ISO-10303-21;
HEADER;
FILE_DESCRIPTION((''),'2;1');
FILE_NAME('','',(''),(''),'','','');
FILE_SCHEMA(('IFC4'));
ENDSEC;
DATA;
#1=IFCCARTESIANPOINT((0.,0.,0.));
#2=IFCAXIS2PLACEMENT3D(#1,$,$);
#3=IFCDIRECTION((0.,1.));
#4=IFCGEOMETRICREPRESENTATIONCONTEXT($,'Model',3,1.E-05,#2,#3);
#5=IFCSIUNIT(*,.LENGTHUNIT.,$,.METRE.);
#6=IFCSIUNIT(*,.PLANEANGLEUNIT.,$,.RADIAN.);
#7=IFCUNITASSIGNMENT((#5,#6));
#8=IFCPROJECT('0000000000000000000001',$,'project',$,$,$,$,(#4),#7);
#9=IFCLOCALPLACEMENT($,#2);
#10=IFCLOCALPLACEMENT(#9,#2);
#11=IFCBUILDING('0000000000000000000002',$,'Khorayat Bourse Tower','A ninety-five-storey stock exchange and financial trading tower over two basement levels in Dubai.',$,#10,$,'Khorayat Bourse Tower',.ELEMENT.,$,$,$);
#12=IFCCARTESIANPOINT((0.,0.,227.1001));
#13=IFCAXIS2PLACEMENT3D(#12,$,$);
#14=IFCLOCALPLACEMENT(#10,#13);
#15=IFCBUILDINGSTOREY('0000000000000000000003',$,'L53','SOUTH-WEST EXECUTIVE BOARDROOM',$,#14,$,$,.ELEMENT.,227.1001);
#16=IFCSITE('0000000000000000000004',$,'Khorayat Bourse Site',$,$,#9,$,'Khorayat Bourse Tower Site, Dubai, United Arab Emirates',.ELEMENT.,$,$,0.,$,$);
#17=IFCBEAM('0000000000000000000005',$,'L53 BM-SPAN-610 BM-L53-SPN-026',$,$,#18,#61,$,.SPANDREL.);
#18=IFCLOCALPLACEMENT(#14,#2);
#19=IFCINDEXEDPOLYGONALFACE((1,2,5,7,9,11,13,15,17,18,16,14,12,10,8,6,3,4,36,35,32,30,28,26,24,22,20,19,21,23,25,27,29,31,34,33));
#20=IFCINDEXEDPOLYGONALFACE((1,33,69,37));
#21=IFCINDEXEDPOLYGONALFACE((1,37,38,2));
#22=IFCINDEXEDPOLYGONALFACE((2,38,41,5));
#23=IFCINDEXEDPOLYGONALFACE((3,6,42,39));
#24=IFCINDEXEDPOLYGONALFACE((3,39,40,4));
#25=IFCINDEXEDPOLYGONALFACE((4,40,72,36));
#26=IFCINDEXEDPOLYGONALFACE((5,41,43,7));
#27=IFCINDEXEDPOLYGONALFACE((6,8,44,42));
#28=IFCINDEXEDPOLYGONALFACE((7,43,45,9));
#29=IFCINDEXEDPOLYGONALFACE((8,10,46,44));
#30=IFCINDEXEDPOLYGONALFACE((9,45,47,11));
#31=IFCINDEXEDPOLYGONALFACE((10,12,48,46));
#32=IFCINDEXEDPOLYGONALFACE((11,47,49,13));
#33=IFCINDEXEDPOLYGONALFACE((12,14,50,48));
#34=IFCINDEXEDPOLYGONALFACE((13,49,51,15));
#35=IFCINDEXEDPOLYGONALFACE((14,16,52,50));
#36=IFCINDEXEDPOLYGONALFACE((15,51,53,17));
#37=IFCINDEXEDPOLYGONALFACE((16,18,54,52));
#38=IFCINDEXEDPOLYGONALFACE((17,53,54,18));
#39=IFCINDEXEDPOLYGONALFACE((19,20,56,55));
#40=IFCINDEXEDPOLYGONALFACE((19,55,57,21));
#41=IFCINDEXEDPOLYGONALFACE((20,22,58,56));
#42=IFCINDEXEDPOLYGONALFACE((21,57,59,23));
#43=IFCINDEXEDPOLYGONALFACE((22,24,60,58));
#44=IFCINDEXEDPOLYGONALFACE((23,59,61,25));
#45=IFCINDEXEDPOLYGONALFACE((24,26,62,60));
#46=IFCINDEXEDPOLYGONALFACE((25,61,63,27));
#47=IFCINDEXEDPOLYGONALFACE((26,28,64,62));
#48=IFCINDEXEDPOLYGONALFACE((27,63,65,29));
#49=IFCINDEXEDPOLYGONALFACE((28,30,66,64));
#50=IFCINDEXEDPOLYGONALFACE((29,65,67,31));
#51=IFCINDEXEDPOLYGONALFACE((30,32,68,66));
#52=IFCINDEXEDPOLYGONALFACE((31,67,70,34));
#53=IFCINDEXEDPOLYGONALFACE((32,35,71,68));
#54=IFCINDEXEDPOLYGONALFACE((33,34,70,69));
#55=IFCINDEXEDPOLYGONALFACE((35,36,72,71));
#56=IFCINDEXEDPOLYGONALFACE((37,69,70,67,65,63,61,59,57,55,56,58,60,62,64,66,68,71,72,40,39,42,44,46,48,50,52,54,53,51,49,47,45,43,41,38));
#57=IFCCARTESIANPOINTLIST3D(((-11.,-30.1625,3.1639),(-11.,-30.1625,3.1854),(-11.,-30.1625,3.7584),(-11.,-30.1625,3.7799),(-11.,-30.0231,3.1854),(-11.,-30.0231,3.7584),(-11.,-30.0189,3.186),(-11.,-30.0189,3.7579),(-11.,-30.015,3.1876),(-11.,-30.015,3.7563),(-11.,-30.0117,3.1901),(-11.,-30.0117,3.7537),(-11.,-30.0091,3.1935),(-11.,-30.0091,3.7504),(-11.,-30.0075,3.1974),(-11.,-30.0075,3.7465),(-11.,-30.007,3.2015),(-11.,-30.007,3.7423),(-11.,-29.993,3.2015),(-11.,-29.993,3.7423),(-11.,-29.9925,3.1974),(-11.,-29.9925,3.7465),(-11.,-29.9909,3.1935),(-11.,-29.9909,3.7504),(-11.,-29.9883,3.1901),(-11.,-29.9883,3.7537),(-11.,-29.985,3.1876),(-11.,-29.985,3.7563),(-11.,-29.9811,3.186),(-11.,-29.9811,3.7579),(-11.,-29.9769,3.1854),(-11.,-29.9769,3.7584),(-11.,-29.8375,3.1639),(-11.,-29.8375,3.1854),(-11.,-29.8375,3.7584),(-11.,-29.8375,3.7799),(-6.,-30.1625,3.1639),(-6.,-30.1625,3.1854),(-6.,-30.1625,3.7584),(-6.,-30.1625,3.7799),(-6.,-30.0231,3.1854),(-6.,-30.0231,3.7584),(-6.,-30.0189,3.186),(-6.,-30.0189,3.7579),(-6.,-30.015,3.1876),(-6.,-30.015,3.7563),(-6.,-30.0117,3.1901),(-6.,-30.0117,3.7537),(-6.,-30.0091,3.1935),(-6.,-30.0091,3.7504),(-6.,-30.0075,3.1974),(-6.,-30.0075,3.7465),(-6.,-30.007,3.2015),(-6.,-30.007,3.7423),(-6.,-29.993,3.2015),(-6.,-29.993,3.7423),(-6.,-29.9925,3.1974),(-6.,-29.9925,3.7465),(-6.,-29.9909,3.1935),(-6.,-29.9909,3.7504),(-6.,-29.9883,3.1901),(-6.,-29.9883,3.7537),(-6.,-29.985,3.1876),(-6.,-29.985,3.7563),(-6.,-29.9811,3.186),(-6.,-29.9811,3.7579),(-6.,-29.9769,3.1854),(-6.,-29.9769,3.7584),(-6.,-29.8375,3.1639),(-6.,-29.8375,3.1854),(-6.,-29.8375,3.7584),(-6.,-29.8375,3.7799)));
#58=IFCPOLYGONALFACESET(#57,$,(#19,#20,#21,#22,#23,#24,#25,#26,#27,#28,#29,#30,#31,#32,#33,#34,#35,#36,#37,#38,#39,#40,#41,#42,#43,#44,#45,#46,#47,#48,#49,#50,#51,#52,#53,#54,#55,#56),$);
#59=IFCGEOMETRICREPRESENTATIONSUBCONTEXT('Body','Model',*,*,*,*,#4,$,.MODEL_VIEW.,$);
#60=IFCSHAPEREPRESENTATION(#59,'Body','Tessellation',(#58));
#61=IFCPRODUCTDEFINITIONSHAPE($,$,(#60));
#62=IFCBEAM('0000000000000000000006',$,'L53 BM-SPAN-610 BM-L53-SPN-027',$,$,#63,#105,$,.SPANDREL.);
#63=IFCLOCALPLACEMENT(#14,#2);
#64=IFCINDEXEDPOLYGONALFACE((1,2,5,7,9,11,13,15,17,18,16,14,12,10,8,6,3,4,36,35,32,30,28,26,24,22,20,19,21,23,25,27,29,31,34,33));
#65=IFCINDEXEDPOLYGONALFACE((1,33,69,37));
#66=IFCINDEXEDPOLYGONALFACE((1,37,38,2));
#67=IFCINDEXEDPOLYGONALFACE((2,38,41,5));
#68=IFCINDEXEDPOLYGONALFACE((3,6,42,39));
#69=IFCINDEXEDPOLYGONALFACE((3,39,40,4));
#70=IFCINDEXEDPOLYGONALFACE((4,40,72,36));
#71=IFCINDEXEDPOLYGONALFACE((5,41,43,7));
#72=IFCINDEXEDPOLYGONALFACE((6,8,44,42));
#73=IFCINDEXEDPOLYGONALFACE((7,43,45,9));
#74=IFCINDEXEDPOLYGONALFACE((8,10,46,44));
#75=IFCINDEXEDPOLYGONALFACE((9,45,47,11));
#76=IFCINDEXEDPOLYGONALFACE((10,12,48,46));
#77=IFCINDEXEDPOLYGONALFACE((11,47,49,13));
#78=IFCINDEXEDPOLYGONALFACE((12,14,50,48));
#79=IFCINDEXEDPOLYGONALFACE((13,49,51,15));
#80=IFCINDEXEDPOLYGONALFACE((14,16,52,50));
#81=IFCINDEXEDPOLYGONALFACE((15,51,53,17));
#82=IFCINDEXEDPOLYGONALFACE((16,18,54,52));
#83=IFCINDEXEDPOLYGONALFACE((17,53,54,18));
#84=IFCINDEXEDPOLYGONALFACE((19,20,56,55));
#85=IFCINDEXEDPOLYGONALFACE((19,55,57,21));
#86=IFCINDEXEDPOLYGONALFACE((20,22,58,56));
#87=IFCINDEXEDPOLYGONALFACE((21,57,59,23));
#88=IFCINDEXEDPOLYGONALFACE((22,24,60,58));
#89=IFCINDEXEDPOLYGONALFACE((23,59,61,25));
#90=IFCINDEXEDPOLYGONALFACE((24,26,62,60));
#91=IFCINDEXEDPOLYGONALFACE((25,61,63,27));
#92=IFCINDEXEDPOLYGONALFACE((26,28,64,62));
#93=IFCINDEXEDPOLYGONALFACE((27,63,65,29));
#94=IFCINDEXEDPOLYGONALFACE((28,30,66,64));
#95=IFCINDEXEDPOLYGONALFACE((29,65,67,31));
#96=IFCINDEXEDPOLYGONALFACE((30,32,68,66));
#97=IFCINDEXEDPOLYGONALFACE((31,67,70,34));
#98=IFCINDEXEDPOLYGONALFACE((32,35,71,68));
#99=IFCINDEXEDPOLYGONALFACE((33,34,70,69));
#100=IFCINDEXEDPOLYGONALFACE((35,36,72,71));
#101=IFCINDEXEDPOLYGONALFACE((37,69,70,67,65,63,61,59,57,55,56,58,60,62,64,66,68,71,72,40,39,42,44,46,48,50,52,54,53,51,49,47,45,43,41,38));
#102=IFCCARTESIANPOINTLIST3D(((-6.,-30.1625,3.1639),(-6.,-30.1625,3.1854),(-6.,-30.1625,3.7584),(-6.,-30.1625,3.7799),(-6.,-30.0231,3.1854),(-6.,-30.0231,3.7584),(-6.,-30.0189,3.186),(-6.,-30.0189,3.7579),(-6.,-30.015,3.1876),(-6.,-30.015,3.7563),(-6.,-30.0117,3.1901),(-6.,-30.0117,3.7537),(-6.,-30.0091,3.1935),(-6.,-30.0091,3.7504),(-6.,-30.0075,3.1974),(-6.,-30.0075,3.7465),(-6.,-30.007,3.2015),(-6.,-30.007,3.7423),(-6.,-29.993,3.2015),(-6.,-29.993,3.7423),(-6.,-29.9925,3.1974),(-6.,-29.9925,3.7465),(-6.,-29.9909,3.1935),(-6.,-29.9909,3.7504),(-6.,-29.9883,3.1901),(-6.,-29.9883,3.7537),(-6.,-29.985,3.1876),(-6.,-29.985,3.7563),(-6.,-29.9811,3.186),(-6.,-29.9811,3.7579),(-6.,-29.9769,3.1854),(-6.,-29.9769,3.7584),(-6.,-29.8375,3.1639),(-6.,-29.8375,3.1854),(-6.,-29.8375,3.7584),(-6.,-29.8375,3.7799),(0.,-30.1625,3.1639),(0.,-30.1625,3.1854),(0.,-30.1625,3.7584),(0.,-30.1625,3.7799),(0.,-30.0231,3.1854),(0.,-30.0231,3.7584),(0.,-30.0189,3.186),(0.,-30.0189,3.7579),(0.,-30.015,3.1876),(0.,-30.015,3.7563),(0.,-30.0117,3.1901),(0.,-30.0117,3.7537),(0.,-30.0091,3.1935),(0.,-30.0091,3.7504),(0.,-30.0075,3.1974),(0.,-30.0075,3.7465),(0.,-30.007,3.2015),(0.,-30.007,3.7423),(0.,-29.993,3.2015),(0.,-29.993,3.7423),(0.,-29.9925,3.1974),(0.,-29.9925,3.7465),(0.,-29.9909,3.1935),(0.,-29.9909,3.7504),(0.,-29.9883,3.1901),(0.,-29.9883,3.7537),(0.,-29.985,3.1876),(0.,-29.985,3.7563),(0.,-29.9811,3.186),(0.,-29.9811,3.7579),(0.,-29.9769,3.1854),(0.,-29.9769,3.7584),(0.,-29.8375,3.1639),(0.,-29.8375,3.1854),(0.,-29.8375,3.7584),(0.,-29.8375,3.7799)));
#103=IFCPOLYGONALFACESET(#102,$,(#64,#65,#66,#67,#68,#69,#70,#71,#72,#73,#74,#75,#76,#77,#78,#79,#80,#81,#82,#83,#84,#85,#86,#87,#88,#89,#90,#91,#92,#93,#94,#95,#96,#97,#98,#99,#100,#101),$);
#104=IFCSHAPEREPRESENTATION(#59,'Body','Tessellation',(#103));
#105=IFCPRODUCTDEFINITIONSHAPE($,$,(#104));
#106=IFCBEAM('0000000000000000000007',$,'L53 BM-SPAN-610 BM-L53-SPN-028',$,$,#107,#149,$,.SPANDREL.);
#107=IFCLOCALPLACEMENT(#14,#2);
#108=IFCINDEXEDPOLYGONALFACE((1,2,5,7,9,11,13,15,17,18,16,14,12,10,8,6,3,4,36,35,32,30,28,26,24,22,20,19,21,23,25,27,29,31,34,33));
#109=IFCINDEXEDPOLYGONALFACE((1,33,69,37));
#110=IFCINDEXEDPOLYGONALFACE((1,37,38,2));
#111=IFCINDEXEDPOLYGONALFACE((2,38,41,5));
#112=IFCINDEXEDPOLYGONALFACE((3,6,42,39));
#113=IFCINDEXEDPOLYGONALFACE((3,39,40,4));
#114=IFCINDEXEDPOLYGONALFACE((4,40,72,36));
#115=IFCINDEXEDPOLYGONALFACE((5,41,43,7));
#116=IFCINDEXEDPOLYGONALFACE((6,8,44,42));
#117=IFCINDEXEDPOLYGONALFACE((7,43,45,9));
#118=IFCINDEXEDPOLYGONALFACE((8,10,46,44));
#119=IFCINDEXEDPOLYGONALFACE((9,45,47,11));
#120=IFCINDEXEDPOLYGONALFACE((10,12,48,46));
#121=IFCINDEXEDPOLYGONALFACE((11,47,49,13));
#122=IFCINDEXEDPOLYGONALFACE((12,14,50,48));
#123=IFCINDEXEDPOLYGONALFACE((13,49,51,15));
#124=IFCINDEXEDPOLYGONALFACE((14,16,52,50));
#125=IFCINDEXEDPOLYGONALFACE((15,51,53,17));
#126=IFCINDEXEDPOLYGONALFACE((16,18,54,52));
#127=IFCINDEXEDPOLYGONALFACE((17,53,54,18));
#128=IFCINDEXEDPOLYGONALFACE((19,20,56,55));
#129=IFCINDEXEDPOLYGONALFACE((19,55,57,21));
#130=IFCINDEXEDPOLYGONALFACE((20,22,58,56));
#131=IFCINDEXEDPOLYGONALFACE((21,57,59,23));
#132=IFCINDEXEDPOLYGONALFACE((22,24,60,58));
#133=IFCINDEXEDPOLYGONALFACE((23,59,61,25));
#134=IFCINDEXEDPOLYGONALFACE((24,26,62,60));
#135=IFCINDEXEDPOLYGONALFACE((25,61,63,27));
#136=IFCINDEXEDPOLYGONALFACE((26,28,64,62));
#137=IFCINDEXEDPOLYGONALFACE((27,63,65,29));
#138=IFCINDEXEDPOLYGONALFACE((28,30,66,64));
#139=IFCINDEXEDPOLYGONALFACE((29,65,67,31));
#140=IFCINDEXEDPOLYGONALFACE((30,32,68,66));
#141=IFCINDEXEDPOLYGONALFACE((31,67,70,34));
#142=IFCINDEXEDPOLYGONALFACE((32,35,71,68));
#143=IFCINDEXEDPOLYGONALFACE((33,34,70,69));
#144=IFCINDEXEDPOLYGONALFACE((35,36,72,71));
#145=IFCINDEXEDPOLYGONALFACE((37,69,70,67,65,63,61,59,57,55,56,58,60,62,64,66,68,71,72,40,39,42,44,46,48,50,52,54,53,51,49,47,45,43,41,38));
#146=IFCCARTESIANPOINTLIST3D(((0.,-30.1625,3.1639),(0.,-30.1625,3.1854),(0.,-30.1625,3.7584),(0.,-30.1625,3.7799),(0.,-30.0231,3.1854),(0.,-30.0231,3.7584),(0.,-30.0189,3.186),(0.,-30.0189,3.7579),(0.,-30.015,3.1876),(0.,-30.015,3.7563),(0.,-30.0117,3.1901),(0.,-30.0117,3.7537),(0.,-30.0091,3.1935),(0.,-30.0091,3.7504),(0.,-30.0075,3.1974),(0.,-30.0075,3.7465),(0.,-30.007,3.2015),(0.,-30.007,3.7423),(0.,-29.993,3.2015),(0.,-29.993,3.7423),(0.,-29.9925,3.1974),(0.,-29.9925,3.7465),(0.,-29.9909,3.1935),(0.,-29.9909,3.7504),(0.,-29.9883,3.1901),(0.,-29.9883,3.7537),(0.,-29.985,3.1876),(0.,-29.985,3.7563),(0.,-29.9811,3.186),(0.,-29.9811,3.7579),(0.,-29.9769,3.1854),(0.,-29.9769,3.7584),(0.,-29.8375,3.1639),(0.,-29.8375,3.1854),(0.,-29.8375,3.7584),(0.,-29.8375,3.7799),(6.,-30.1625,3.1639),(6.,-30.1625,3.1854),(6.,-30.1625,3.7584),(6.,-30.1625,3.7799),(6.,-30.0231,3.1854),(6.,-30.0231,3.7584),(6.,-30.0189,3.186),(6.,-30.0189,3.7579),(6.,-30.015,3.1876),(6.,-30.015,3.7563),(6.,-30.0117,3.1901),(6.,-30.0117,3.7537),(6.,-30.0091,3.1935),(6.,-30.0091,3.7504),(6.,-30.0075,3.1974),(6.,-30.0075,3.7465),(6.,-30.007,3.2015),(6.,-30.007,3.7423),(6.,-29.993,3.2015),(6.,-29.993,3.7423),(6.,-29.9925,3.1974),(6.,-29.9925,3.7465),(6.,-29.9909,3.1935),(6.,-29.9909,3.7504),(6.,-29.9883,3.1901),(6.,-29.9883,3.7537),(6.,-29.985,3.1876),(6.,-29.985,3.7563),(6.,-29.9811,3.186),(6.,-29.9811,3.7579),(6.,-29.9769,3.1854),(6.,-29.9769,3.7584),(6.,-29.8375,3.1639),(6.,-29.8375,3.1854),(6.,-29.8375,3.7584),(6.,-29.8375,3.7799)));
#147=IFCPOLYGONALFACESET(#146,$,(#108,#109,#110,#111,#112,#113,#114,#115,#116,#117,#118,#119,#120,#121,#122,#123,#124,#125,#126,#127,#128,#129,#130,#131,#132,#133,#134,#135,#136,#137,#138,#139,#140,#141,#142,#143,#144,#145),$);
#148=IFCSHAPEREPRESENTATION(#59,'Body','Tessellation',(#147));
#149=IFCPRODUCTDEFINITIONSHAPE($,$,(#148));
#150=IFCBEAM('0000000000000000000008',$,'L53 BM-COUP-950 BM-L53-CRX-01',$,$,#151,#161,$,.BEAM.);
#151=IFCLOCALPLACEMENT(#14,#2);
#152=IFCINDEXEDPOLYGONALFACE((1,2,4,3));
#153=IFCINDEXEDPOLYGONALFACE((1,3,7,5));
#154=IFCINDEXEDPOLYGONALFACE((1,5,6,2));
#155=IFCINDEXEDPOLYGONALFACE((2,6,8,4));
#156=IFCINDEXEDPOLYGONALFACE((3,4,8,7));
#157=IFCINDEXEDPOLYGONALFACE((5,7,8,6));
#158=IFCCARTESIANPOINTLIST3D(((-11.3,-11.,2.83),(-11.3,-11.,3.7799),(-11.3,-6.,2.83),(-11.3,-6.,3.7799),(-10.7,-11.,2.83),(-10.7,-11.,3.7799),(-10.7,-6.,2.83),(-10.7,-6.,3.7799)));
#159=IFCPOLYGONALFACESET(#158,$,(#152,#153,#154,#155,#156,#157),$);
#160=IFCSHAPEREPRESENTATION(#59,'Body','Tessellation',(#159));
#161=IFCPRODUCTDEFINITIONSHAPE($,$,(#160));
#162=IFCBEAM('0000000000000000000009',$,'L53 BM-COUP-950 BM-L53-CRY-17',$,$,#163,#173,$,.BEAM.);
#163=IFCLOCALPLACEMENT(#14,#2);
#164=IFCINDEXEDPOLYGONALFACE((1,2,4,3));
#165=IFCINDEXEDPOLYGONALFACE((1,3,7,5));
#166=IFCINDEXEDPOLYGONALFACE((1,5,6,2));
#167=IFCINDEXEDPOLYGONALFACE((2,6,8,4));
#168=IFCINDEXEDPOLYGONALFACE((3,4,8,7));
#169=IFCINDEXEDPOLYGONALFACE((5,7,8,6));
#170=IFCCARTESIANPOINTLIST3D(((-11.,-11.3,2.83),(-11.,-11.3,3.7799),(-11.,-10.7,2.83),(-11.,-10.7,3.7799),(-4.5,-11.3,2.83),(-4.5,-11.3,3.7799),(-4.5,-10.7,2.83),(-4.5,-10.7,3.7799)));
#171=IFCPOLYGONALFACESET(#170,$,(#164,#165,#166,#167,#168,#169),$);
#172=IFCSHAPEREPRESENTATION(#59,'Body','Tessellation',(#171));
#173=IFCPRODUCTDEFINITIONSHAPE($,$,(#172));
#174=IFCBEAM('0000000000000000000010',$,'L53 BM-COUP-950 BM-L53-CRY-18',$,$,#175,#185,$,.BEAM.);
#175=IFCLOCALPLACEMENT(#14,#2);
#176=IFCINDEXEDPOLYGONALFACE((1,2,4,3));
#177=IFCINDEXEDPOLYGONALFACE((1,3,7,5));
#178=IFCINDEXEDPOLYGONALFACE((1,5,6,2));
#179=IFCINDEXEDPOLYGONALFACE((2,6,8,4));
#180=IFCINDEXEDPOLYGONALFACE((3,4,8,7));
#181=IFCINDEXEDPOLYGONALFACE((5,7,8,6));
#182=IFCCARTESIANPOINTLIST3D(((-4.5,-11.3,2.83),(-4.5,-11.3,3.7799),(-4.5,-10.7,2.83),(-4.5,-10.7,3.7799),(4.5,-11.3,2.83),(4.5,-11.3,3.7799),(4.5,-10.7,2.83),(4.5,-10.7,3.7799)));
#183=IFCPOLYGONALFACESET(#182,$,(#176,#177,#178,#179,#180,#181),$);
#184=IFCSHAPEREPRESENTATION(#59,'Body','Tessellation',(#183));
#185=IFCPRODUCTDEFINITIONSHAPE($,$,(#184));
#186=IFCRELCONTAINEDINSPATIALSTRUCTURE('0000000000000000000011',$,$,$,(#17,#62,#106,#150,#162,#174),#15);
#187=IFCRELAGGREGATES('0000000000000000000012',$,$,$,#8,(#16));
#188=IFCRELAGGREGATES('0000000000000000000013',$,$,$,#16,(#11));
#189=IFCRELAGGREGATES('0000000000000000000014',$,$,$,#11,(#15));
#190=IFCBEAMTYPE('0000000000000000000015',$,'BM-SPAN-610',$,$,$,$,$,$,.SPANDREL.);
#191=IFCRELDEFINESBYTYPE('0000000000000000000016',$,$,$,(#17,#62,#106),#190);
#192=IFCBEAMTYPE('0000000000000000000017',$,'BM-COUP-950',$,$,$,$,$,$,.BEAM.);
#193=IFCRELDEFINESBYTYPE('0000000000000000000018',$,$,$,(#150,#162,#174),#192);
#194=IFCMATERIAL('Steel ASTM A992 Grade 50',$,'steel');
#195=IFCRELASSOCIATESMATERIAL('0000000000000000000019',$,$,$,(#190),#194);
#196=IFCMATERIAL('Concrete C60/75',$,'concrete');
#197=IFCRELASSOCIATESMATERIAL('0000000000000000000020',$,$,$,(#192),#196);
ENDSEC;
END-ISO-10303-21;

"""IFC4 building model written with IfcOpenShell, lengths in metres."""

from ifc_helpers import new_model, si_unit, direction, frame, origin, origin_2d, place, context, subcontext, project, spatial, rectangle, i_section, extrude, source, transform, mapped, material, material_profile, profile_set, type_object, element, save


model = new_model("IFC4")

# Units and contexts
model_context = context("Model", 3, precision=1e-05, world=origin(), true_north=direction((0.0, 1.0)))
body_context = subcontext(model_context, "Body", "Model", "MODEL_VIEW")
ifc_project = project(units=[si_unit("LENGTHUNIT", "METRE"), si_unit("PLANEANGLEUNIT", "RADIAN")], contexts=[model_context])

# Site, building, storey
site_placement = place(None, origin())
site = spatial("IfcSite", under=ifc_project, at=site_placement, Name="Khorayat Bourse Site", LongName="Khorayat Bourse Tower Site, Dubai, United Arab Emirates", CompositionType="ELEMENT", RefElevation=0.0)
building_placement = place(site_placement, origin())
building = spatial("IfcBuilding", under=site, at=building_placement, Name="Khorayat Bourse Tower", Description="A ninety-five-storey stock exchange and financial trading tower over two basement levels in Dubai.", LongName="Khorayat Bourse Tower", CompositionType="ELEMENT")
storey_placement = place(building_placement, frame((0.0, 0.0, 227.1001)))
storey = spatial("IfcBuildingStorey", under=building, at=storey_placement, Name="L53", Description="SOUTH-WEST EXECUTIVE BOARDROOM", CompositionType="ELEMENT", Elevation=227.1001)

# Shared definitions
ifc_material_1 = material(Name="Concrete C60/75", Category="concrete")

# Beams
ifc_material_2 = material(Name="Steel ASTM A992 Grade 50", Category="steel")
ifc_material_profile_1 = material_profile(ifc_material_2, i_section(OverallWidth=0.325, OverallDepth=0.616, WebThickness=0.0139, FlangeThickness=0.0215, FilletRadius=0.0161, at=origin_2d()), Name="W610X174")
ifc_profile_set_1 = profile_set([ifc_material_profile_1], Name="Steel ASTM A992 Grade 50")
beam_type_1 = type_object("IfcBeamType", Name="BM-SPAN-610", PredefinedType="SPANDREL", material=ifc_profile_set_1)
shared_shape_1 = source(origin(), body_context, "Body", "SweptSolid", [
    extrude(i_section(OverallWidth=0.325, OverallDepth=0.616, WebThickness=0.0139, FlangeThickness=0.0215, FilletRadius=0.0161, at=origin_2d()), origin(), (0.0, 0.0, 1.0), 5.0),
])
beam_1_placement = place(storey_placement, frame((-11.0, -30.0, 3.4719), z_axis=(1.0, 0.0, 0.0), x_axis=(0.0, 1.0, 0.0)))
element("IfcBeam", 1, at=beam_1_placement, inside=storey, type_object=beam_type_1, Name="L53 BM-SPAN-610 BM-L53-SPN-026", PredefinedType="SPANDREL", context=body_context, shape_type="MappedRepresentation", body=[
    mapped(shared_shape_1, transform((0.0, 0.0, 0.0), scale=1.0)),
])
shared_shape_2 = source(origin(), body_context, "Body", "SweptSolid", [
    extrude(i_section(OverallWidth=0.325, OverallDepth=0.616, WebThickness=0.0139, FlangeThickness=0.0215, FilletRadius=0.0161, at=origin_2d()), origin(), (0.0, 0.0, 1.0), 6.0),
])
for number, where, z_axis, x_axis, name in (
    (2, (-6.0, -30.0, 3.4719), (1.0, 0.0, 0.0), (0.0, 1.0, 0.0), "L53 BM-SPAN-610 BM-L53-SPN-027"),
    (3, (0.0, -30.0, 3.4719), (1.0, 0.0, 0.0), (0.0, 1.0, 0.0), "L53 BM-SPAN-610 BM-L53-SPN-028"),
):
    element("IfcBeam", number, at=place(storey_placement, frame(where, z_axis=z_axis, x_axis=x_axis)), inside=storey, type_object=beam_type_1, Name=name, PredefinedType="SPANDREL", context=body_context, shape_type="MappedRepresentation", body=[
        mapped(shared_shape_2, transform((0.0, 0.0, 0.0), scale=1.0)),
    ])
ifc_material_profile_2 = material_profile(ifc_material_1, rectangle(XDim=0.6001, YDim=0.95, at=origin_2d()), Name="RC 600x950")
ifc_profile_set_2 = profile_set([ifc_material_profile_2], Name="Concrete C60/75")
beam_type_2 = type_object("IfcBeamType", Name="BM-COUP-950", PredefinedType="BEAM", material=ifc_profile_set_2)
shared_shape_3 = source(origin(), body_context, "Body", "SweptSolid", [
    extrude(rectangle(XDim=0.6001, YDim=0.95, at=origin_2d()), origin(), (0.0, 0.0, 1.0), 5.0),
])
beam_2_placement = place(storey_placement, frame((-11.0, -11.0, 3.3049), z_axis=(0.0, 1.0, 0.0), x_axis=(-1.0, 0.0, 0.0)))
element("IfcBeam", 4, at=beam_2_placement, inside=storey, type_object=beam_type_2, Name="L53 BM-COUP-950 BM-L53-CRX-01", PredefinedType="BEAM", context=body_context, shape_type="MappedRepresentation", body=[
    mapped(shared_shape_3, transform((0.0, 0.0, 0.0), scale=1.0)),
])
shared_shape_4 = source(origin(), body_context, "Body", "SweptSolid", [
    extrude(rectangle(XDim=0.6001, YDim=0.95, at=origin_2d()), origin(), (0.0, 0.0, 1.0), 6.5),
])
beam_3_placement = place(storey_placement, frame((-11.0, -11.0, 3.3049), z_axis=(1.0, 0.0, 0.0), x_axis=(0.0, 1.0, 0.0)))
element("IfcBeam", 5, at=beam_3_placement, inside=storey, type_object=beam_type_2, Name="L53 BM-COUP-950 BM-L53-CRY-17", PredefinedType="BEAM", context=body_context, shape_type="MappedRepresentation", body=[
    mapped(shared_shape_4, transform((0.0, 0.0, 0.0), scale=1.0)),
])
shared_shape_5 = source(origin(), body_context, "Body", "SweptSolid", [
    extrude(rectangle(XDim=0.6001, YDim=0.95, at=origin_2d()), origin(), (0.0, 0.0, 1.0), 9.0),
])
beam_4_placement = place(storey_placement, frame((-4.5, -11.0, 3.3049), z_axis=(1.0, 0.0, 0.0), x_axis=(0.0, 1.0, 0.0)))
element("IfcBeam", 6, at=beam_4_placement, inside=storey, type_object=beam_type_2, Name="L53 BM-COUP-950 BM-L53-CRY-18", PredefinedType="BEAM", context=body_context, shape_type="MappedRepresentation", body=[
    mapped(shared_shape_5, transform((0.0, 0.0, 0.0), scale=1.0)),
])

save(model, "model.ifc")
